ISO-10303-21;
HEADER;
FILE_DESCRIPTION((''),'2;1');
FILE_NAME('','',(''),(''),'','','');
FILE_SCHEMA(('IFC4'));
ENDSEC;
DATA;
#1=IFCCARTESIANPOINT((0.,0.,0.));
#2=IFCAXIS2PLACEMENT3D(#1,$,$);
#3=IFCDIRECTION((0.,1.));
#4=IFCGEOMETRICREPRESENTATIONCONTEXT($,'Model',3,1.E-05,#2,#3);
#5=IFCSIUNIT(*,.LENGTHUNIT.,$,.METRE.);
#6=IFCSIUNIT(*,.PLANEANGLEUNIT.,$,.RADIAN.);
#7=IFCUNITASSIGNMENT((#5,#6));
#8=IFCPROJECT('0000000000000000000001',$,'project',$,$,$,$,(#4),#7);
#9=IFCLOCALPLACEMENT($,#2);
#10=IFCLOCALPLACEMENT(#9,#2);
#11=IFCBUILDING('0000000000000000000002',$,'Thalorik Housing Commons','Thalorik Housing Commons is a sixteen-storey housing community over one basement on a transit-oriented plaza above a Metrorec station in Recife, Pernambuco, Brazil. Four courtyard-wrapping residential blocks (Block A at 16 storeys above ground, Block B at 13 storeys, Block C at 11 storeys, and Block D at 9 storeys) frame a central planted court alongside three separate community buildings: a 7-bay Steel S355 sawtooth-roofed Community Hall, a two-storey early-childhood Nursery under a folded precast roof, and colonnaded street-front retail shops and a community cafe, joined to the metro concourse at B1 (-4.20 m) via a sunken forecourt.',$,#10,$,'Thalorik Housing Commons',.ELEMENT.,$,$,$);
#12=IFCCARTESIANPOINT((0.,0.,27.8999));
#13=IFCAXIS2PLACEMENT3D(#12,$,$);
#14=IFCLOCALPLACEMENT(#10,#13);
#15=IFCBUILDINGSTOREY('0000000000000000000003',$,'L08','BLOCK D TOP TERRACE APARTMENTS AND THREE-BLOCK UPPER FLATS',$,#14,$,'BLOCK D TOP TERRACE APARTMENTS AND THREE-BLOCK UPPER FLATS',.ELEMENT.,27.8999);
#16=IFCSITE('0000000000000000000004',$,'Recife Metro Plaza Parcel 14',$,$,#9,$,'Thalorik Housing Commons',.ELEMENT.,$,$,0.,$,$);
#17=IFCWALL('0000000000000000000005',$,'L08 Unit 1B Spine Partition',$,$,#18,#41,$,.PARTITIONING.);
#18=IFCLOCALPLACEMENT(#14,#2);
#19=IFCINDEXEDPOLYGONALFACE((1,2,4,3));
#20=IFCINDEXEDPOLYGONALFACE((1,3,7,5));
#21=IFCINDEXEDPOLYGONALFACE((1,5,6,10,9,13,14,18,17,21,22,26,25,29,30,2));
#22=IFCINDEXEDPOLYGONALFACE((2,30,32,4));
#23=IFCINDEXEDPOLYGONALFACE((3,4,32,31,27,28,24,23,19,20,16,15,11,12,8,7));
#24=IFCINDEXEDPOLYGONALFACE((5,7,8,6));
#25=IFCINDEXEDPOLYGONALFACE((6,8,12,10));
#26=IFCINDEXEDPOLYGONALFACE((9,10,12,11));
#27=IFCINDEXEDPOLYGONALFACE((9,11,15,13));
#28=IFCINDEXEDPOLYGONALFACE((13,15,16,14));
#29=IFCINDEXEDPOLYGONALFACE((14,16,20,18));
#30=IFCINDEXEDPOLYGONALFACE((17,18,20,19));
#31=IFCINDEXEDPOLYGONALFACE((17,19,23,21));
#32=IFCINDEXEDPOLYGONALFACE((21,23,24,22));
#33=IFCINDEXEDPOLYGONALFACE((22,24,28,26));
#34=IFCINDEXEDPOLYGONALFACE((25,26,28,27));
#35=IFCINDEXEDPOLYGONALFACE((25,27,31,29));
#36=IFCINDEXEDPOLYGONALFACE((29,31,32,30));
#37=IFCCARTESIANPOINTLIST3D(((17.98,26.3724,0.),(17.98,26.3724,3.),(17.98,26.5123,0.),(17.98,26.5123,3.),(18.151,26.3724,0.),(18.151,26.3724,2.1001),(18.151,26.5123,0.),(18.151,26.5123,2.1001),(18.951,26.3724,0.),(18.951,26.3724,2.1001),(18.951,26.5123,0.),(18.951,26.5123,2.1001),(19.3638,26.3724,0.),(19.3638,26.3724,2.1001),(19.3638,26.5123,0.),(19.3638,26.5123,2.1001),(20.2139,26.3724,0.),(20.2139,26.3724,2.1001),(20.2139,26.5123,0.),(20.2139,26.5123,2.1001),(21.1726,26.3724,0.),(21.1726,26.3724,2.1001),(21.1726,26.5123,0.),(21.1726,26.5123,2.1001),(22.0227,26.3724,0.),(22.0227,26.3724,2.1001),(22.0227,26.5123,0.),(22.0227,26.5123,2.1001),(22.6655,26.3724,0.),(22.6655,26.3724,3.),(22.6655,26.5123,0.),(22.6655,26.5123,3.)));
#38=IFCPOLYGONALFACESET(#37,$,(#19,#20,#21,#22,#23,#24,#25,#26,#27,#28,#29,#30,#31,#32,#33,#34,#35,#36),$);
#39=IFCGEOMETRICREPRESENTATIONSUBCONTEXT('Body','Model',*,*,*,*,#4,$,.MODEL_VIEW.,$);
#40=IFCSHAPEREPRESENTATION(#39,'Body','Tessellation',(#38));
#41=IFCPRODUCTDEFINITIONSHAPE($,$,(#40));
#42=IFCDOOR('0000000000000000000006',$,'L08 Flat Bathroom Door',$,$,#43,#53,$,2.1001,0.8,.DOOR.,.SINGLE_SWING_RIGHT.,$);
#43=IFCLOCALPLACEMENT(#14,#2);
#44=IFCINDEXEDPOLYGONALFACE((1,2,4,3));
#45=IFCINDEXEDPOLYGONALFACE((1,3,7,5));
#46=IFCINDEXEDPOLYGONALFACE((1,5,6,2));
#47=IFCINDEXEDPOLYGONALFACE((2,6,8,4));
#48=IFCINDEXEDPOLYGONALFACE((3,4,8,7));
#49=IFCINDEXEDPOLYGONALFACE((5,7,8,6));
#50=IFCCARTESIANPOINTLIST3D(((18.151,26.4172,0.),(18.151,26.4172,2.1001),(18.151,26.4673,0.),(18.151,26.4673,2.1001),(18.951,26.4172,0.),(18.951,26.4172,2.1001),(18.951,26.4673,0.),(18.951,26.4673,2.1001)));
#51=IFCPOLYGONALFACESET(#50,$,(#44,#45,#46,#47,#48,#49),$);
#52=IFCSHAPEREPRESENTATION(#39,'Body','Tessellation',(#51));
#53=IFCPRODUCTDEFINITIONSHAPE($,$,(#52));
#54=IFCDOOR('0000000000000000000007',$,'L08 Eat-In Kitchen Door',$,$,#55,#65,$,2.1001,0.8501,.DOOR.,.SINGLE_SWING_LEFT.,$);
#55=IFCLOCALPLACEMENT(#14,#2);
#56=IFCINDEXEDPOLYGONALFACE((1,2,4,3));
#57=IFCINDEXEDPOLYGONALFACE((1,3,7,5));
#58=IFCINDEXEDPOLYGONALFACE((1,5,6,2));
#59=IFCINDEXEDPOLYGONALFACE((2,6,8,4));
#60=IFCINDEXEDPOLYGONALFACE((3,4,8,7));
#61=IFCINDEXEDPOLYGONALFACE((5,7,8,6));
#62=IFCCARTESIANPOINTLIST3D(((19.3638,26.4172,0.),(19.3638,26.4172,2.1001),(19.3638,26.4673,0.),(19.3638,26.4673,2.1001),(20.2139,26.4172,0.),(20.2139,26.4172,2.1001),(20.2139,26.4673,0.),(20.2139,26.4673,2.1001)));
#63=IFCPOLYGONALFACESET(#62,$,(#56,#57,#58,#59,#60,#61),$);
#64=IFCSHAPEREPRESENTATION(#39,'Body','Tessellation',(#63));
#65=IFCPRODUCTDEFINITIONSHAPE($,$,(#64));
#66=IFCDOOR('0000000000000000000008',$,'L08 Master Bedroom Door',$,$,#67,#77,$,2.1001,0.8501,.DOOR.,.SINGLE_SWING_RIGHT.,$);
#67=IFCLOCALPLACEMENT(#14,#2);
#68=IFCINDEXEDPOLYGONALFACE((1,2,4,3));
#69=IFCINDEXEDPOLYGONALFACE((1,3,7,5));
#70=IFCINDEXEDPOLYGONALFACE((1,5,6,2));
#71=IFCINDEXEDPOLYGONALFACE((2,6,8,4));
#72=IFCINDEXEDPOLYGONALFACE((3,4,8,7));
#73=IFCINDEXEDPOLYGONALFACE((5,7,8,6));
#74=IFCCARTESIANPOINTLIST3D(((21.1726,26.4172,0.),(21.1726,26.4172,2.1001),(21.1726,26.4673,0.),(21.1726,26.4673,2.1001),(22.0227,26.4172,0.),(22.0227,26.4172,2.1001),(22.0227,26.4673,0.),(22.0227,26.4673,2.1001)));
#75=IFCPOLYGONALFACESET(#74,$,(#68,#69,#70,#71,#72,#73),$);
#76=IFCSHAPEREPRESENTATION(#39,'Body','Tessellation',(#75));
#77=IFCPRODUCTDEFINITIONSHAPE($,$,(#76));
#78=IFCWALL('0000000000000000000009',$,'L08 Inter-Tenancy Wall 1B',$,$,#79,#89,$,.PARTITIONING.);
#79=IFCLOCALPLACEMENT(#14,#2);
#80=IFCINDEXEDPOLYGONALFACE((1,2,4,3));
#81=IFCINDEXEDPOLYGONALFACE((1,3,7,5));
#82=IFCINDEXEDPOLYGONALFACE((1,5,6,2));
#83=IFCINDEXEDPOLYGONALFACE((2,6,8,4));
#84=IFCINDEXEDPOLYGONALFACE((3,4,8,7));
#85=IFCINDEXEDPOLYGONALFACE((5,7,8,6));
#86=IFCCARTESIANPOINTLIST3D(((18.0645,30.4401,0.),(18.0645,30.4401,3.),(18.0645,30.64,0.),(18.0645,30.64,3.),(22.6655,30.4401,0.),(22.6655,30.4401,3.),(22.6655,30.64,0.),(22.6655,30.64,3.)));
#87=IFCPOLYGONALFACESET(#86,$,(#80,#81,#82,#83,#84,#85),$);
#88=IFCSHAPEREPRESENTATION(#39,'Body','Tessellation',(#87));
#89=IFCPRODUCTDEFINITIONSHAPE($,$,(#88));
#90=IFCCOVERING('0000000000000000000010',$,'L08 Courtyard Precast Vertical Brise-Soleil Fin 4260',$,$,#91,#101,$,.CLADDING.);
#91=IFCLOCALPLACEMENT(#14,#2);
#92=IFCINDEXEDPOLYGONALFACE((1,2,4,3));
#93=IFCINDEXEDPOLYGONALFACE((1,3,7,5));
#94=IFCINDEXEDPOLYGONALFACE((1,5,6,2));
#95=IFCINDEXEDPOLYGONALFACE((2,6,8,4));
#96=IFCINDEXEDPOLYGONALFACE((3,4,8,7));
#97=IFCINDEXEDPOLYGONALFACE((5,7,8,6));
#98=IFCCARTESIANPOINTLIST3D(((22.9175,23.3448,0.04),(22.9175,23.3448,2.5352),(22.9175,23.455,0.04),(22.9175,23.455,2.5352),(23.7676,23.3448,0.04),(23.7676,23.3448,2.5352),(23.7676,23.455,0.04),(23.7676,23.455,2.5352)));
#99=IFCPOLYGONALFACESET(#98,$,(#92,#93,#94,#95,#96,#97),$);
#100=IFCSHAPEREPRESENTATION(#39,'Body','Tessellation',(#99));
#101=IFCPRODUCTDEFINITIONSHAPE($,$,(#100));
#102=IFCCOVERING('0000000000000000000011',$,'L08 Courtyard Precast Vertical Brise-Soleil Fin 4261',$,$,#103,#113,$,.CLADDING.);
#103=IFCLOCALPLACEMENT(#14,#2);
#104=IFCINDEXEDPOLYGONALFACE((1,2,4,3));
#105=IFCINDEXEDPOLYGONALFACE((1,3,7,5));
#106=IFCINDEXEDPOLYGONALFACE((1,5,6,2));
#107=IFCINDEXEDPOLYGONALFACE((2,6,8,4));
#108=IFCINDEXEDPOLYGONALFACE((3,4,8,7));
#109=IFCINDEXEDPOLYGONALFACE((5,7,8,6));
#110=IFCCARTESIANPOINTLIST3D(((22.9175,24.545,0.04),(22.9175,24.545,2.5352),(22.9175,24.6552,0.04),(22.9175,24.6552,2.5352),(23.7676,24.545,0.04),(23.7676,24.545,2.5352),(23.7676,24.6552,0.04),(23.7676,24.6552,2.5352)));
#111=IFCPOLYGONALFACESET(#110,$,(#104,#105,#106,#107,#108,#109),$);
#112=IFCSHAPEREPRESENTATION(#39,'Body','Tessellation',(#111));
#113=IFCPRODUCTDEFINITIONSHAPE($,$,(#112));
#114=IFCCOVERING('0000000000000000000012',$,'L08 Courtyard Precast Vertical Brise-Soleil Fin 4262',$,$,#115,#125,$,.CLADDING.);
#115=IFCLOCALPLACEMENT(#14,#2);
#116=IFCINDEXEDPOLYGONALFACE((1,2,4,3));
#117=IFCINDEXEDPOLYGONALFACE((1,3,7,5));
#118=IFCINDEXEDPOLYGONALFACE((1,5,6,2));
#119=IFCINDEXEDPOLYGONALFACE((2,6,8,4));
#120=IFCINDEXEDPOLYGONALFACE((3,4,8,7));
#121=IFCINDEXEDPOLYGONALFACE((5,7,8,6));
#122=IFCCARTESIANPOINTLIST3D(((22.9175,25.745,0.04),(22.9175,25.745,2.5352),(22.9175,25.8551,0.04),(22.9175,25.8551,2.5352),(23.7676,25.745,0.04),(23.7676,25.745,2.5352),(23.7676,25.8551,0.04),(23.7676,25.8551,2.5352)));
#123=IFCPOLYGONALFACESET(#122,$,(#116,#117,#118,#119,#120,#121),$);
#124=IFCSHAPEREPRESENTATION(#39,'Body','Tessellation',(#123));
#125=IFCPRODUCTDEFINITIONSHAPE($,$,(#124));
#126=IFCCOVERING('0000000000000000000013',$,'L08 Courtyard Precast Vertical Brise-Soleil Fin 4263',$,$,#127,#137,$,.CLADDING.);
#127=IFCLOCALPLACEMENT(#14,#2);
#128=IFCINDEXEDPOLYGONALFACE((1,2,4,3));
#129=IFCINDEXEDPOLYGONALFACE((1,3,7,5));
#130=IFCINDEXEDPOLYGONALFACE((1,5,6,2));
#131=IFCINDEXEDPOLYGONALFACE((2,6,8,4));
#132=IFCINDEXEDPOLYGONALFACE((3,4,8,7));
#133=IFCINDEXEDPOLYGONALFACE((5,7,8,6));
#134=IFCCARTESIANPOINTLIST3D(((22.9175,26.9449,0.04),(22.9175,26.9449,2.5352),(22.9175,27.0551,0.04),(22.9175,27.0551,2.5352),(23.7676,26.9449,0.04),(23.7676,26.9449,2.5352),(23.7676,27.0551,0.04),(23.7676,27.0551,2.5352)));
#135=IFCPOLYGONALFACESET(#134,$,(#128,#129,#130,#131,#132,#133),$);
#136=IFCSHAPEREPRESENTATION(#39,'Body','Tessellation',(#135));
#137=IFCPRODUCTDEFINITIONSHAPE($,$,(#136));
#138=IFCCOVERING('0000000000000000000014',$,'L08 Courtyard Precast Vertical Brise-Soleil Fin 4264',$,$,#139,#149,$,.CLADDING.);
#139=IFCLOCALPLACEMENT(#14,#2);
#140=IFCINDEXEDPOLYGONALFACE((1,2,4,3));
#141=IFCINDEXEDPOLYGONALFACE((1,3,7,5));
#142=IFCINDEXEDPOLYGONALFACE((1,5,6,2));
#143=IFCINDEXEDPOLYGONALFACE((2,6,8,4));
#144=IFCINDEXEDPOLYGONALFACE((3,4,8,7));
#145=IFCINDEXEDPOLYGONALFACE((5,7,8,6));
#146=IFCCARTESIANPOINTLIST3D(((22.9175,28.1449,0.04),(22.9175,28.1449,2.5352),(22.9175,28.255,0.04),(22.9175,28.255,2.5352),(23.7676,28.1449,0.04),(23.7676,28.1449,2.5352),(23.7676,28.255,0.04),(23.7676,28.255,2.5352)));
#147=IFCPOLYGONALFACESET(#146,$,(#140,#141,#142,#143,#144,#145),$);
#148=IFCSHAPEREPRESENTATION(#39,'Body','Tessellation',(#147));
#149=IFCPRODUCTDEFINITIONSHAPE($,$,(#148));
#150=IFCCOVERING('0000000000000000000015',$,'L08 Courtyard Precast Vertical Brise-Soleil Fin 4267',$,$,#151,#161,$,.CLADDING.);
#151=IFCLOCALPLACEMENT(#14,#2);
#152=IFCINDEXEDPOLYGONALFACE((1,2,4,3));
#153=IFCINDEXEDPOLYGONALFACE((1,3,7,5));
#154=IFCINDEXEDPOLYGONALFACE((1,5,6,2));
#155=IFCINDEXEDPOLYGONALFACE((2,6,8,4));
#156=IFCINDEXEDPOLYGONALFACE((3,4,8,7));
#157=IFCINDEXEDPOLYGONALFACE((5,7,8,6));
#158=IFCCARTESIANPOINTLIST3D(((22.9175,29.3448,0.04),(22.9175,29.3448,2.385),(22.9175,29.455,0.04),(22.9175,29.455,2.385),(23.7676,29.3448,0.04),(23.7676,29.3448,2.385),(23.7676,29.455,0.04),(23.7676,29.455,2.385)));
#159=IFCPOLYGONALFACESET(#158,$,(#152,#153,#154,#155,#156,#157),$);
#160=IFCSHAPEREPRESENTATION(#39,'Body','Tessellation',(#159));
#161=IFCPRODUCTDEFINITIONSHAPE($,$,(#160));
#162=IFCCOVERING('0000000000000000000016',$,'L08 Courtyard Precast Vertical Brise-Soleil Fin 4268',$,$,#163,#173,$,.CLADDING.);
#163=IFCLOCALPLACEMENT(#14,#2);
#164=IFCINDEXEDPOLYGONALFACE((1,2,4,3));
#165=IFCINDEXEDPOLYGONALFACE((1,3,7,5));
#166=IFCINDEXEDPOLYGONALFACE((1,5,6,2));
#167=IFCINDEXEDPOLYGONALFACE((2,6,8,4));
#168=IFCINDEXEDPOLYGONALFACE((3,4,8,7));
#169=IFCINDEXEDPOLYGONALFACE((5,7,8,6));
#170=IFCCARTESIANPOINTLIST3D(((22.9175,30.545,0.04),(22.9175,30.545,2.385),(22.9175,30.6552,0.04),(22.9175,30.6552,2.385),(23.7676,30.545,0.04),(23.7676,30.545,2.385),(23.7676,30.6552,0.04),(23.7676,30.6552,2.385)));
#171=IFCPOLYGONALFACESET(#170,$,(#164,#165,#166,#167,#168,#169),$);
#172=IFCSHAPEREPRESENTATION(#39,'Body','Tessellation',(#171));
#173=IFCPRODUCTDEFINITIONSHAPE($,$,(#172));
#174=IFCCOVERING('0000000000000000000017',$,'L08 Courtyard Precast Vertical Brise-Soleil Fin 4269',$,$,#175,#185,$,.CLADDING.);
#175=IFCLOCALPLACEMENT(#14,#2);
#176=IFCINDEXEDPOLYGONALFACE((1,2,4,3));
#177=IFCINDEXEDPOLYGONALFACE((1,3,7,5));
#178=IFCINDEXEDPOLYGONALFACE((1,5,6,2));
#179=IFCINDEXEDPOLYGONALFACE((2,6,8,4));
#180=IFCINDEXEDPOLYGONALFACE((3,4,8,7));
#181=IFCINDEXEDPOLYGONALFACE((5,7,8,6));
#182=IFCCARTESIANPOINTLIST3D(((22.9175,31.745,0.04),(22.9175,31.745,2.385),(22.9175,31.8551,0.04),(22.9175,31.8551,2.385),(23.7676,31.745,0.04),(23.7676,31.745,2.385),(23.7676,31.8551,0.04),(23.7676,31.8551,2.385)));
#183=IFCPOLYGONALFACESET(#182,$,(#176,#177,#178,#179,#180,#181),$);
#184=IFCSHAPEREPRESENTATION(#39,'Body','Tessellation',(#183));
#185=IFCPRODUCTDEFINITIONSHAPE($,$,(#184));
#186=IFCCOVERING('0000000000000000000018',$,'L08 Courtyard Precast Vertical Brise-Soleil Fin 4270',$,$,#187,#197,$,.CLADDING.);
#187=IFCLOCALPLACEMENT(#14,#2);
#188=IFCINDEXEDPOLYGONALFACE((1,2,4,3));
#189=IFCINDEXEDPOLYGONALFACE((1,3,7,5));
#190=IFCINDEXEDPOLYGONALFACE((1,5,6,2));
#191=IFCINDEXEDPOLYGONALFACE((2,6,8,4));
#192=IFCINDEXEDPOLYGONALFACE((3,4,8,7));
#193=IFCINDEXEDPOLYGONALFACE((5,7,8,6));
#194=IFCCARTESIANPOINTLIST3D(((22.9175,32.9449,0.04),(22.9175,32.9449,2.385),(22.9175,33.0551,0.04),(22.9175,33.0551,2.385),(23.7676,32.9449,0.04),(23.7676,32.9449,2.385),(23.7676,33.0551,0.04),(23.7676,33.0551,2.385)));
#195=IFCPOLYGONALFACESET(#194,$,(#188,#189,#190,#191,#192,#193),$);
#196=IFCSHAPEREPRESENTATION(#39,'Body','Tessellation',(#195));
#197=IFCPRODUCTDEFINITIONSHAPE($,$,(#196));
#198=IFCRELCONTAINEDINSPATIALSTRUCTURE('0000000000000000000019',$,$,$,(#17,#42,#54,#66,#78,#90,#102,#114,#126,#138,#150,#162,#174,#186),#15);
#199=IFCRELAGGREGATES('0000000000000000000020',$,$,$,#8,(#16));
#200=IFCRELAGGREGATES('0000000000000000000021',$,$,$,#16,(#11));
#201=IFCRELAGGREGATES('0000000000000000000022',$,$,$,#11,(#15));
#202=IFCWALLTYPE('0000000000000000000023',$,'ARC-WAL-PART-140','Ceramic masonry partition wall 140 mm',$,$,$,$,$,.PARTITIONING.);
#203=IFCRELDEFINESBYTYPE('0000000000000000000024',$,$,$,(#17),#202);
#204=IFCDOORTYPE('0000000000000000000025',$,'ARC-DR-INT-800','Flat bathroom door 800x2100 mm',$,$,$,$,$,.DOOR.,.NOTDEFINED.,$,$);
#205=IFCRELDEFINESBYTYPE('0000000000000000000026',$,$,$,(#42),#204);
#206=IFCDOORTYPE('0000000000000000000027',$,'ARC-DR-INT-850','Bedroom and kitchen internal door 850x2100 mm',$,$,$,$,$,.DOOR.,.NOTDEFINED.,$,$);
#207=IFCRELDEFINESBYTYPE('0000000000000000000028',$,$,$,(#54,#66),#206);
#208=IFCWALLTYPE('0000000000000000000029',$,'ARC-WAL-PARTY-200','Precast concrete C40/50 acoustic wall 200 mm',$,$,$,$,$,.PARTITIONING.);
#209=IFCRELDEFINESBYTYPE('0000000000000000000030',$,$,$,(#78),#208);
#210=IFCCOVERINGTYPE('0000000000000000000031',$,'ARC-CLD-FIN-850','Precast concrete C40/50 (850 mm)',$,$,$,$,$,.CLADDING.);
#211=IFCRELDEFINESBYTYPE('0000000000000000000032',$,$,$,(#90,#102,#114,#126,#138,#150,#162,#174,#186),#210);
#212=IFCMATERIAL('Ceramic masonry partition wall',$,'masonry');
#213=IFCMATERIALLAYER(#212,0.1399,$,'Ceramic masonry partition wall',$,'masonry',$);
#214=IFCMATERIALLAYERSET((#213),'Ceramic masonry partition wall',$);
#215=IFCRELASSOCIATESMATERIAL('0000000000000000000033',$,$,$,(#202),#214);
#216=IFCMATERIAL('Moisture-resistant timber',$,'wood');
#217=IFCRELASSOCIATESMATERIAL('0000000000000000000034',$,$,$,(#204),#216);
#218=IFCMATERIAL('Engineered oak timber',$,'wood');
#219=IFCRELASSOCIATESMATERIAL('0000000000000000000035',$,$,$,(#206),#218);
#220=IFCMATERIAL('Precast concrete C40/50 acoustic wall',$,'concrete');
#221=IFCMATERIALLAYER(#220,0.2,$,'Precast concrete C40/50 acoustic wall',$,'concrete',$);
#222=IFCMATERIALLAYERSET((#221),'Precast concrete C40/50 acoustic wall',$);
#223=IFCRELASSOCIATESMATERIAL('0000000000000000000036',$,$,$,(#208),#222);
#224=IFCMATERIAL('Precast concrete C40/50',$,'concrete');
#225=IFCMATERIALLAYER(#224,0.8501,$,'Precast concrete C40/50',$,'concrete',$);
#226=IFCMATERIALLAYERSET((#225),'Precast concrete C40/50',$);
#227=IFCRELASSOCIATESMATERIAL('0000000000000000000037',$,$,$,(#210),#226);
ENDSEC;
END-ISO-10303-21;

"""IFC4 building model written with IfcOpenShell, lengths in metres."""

from ifc_helpers import new_model, si_unit, direction, frame, frame_2d, origin, origin_2d, place, context, subcontext, project, spatial, rectangle, extrude, material, layer, layer_set, type_object, element, fill, save


model = new_model("IFC4")

# Units and contexts
model_context = context("Model", 3, precision=1e-05, world=origin(), true_north=direction((0.0, 1.0)))
body_context = subcontext(model_context, "Body", "Model", "MODEL_VIEW")
ifc_project = project(units=[si_unit("LENGTHUNIT", "METRE"), si_unit("PLANEANGLEUNIT", "RADIAN")], contexts=[model_context])

# Site, building, storey
site_placement = place(None, origin())
site = spatial("IfcSite", under=ifc_project, at=site_placement, Name="Recife Metro Plaza Parcel 14", LongName="Thalorik Housing Commons", CompositionType="ELEMENT", RefElevation=0.0)
building_placement = place(site_placement, origin())
building = spatial("IfcBuilding", under=site, at=building_placement, Name="Thalorik Housing Commons", Description="Thalorik Housing Commons is a sixteen-storey housing community over one basement on a transit-oriented plaza above a Metrorec station in Recife, Pernambuco, Brazil. Four courtyard-wrapping residential blocks (Block A at 16 storeys above ground, Block B at 13 storeys, Block C at 11 storeys, and Block D at 9 storeys) frame a central planted court alongside three separate community buildings: a 7-bay Steel S355 sawtooth-roofed Community Hall, a two-storey early-childhood Nursery under a folded precast roof, and colonnaded street-front retail shops and a community cafe, joined to the metro concourse at B1 (-4.20 m) via a sunken forecourt.", LongName="Thalorik Housing Commons", CompositionType="ELEMENT")
storey_placement = place(building_placement, frame((0.0, 0.0, 27.8999)))
storey = spatial("IfcBuildingStorey", under=building, at=storey_placement, Name="L08", Description="BLOCK D TOP TERRACE APARTMENTS AND THREE-BLOCK UPPER FLATS", LongName="BLOCK D TOP TERRACE APARTMENTS AND THREE-BLOCK UPPER FLATS", CompositionType="ELEMENT", Elevation=27.8999)

# Shared definitions
ifc_material_1 = material(Name="Precast concrete C40/50", Category="concrete")

# Wall, openings, doors
ifc_material_2 = material(Name="Ceramic masonry partition wall", Category="masonry")
ifc_layer_1 = layer(ifc_material_2, 0.1399, Name="Ceramic masonry partition wall", Category="masonry")
ifc_layer_set_1 = layer_set([ifc_layer_1], Name="Ceramic masonry partition wall")
wall_type_1 = type_object("IfcWallType", Name="ARC-WAL-PART-140", Description="Ceramic masonry partition wall 140 mm", PredefinedType="PARTITIONING", material=ifc_layer_set_1)
wall_1_placement = place(storey_placement, frame((17.98, 26.4424, 0.0), z_axis=(0.0, 0.0, 1.0), x_axis=(1.0, 0.0, 0.0)))
wall_1 = element("IfcWall", 1, at=wall_1_placement, inside=storey, type_object=wall_type_1, Name="L08 Unit 1B Spine Partition", PredefinedType="PARTITIONING", context=body_context, shape_type="SweptSolid", body=[
    extrude(rectangle(XDim=4.6855, YDim=0.1399, at=frame_2d((2.3428, 0.0))), origin(), (0.0, 0.0, 1.0), 3.0),
])
opening_1_placement = place(wall_1_placement, frame((0.1711, 0.0, 0.0)))
opening_1 = element("IfcOpeningElement", 2, at=opening_1_placement, cuts=wall_1, PredefinedType="OPENING", context=body_context, shape_type="SweptSolid", body=[
    extrude(rectangle(XDim=0.8, YDim=2.1001, at=frame_2d((0.3999, 1.05))), frame((0.0, 0.0801, 0.0), z_axis=(0.0, -1.0, 0.0), x_axis=(1.0, 0.0, 0.0)), (0.0, 0.0, 1.0), 0.1599),
])
opening_2_placement = place(wall_1_placement, frame((1.3838, 0.0, 0.0)))
opening_2 = element("IfcOpeningElement", 3, at=opening_2_placement, cuts=wall_1, PredefinedType="OPENING", context=body_context, shape_type="SweptSolid", body=[
    extrude(rectangle(XDim=0.8501, YDim=2.1001, at=frame_2d((0.425, 1.05))), frame((0.0, 0.0801, 0.0), z_axis=(0.0, -1.0, 0.0), x_axis=(1.0, 0.0, 0.0)), (0.0, 0.0, 1.0), 0.1599),
])
opening_3_placement = place(wall_1_placement, frame((3.1926, 0.0, 0.0)))
opening_3 = element("IfcOpeningElement", 4, at=opening_3_placement, cuts=wall_1, PredefinedType="OPENING", context=body_context, shape_type="SweptSolid", body=[
    extrude(rectangle(XDim=0.8501, YDim=2.1001, at=frame_2d((0.425, 1.05))), frame((0.0, 0.0801, 0.0), z_axis=(0.0, -1.0, 0.0), x_axis=(1.0, 0.0, 0.0)), (0.0, 0.0, 1.0), 0.1599),
])
ifc_material_3 = material(Name="Moisture-resistant timber", Category="wood")
door_type_1 = type_object("IfcDoorType", Name="ARC-DR-INT-800", Description="Flat bathroom door 800x2100 mm", OperationType="NOTDEFINED", PredefinedType="DOOR", material=ifc_material_3)
door_1_placement = place(opening_1_placement, origin())
door_1 = element("IfcDoor", 5, at=door_1_placement, inside=storey, type_object=door_type_1, Name="L08 Flat Bathroom Door", OperationType="SINGLE_SWING_RIGHT", OverallHeight=2.1001, OverallWidth=0.8, PredefinedType="DOOR", context=body_context, shape_type="SweptSolid", body=[
    extrude(rectangle(XDim=0.8, YDim=2.1001, at=frame_2d((0.3999, 1.05))), frame((0.0, 0.0249, 0.0), z_axis=(0.0, -1.0, 0.0), x_axis=(1.0, 0.0, 0.0)), (0.0, 0.0, 1.0), 0.05),
])
fill(opening_1, door_1)
ifc_material_4 = material(Name="Engineered oak timber", Category="wood")
door_type_2 = type_object("IfcDoorType", Name="ARC-DR-INT-850", Description="Bedroom and kitchen internal door 850x2100 mm", OperationType="NOTDEFINED", PredefinedType="DOOR", material=ifc_material_4)
door_2_placement = place(opening_2_placement, origin())
door_2 = element("IfcDoor", 6, at=door_2_placement, inside=storey, type_object=door_type_2, Name="L08 Eat-In Kitchen Door", OperationType="SINGLE_SWING_LEFT", OverallHeight=2.1001, OverallWidth=0.8501, PredefinedType="DOOR", context=body_context, shape_type="SweptSolid", body=[
    extrude(rectangle(XDim=0.8501, YDim=2.1001, at=frame_2d((0.425, 1.05))), frame((0.0, 0.0249, 0.0), z_axis=(0.0, -1.0, 0.0), x_axis=(1.0, 0.0, 0.0)), (0.0, 0.0, 1.0), 0.05),
])
fill(opening_2, door_2)
door_3_placement = place(opening_3_placement, origin())
door_3 = element("IfcDoor", 7, at=door_3_placement, inside=storey, type_object=door_type_2, Name="L08 Master Bedroom Door", OperationType="SINGLE_SWING_RIGHT", OverallHeight=2.1001, OverallWidth=0.8501, PredefinedType="DOOR", context=body_context, shape_type="SweptSolid", body=[
    extrude(rectangle(XDim=0.8501, YDim=2.1001, at=frame_2d((0.425, 1.05))), frame((0.0, 0.0249, 0.0), z_axis=(0.0, -1.0, 0.0), x_axis=(1.0, 0.0, 0.0)), (0.0, 0.0, 1.0), 0.05),
])
fill(opening_3, door_3)

# Wall
ifc_material_5 = material(Name="Precast concrete C40/50 acoustic wall", Category="concrete")
ifc_layer_2 = layer(ifc_material_5, 0.2, Name="Precast concrete C40/50 acoustic wall", Category="concrete")
ifc_layer_set_2 = layer_set([ifc_layer_2], Name="Precast concrete C40/50 acoustic wall")
wall_type_2 = type_object("IfcWallType", Name="ARC-WAL-PARTY-200", Description="Precast concrete C40/50 acoustic wall 200 mm", PredefinedType="PARTITIONING", material=ifc_layer_set_2)
wall_2_placement = place(storey_placement, frame((18.0645, 30.54, 0.0), z_axis=(0.0, 0.0, 1.0), x_axis=(1.0, 0.0, 0.0)))
element("IfcWall", 8, at=wall_2_placement, inside=storey, type_object=wall_type_2, Name="L08 Inter-Tenancy Wall 1B", PredefinedType="PARTITIONING", context=body_context, shape_type="SweptSolid", body=[
    extrude(rectangle(XDim=4.6011, YDim=0.2, at=frame_2d((2.3005, 0.0))), origin(), (0.0, 0.0, 1.0), 3.0),
])

# Coverings
ifc_layer_3 = layer(ifc_material_1, 0.8501, Name="Precast concrete C40/50", Category="concrete")
ifc_layer_set_3 = layer_set([ifc_layer_3], Name="Precast concrete C40/50")
covering_type_1 = type_object("IfcCoveringType", Name="ARC-CLD-FIN-850", Description="Precast concrete C40/50 (850 mm)", PredefinedType="CLADDING", material=ifc_layer_set_3)
for number, where, z_axis, x_axis, name in (
    (9, (23.3425, 23.3999, 0.04), (0.0, 0.0, 1.0), (0.0, 1.0, 0.0), "L08 Courtyard Precast Vertical Brise-Soleil Fin 4260"),
    (10, (23.3425, 24.6001, 0.04), (0.0, 0.0, 1.0), (0.0, 1.0, 0.0), "L08 Courtyard Precast Vertical Brise-Soleil Fin 4261"),
    (11, (23.3425, 25.8, 0.04), (0.0, 0.0, 1.0), (0.0, 1.0, 0.0), "L08 Courtyard Precast Vertical Brise-Soleil Fin 4262"),
    (12, (23.3425, 27.0, 0.04), (0.0, 0.0, 1.0), (0.0, 1.0, 0.0), "L08 Courtyard Precast Vertical Brise-Soleil Fin 4263"),
    (13, (23.3425, 28.2, 0.04), (0.0, 0.0, 1.0), (0.0, 1.0, 0.0), "L08 Courtyard Precast Vertical Brise-Soleil Fin 4264"),
):
    element("IfcCovering", number, at=place(storey_placement, frame(where, z_axis=z_axis, x_axis=x_axis)), inside=storey, type_object=covering_type_1, Name=name, PredefinedType="CLADDING", context=body_context, shape_type="SweptSolid", body=[
        extrude(rectangle(XDim=0.1101, YDim=0.8501, at=origin_2d()), origin(), (0.0, 0.0, 1.0), 2.4951),
    ])
for number, where, z_axis, x_axis, name in (
    (14, (23.3425, 29.3999, 0.04), (0.0, 0.0, 1.0), (0.0, 1.0, 0.0), "L08 Courtyard Precast Vertical Brise-Soleil Fin 4267"),
    (15, (23.3425, 30.6001, 0.04), (0.0, 0.0, 1.0), (0.0, 1.0, 0.0), "L08 Courtyard Precast Vertical Brise-Soleil Fin 4268"),
    (16, (23.3425, 31.8, 0.04), (0.0, 0.0, 1.0), (0.0, 1.0, 0.0), "L08 Courtyard Precast Vertical Brise-Soleil Fin 4269"),
    (17, (23.3425, 33.0, 0.04), (0.0, 0.0, 1.0), (0.0, 1.0, 0.0), "L08 Courtyard Precast Vertical Brise-Soleil Fin 4270"),
):
    element("IfcCovering", number, at=place(storey_placement, frame(where, z_axis=z_axis, x_axis=x_axis)), inside=storey, type_object=covering_type_1, Name=name, PredefinedType="CLADDING", context=body_context, shape_type="SweptSolid", body=[
        extrude(rectangle(XDim=0.1101, YDim=0.8501, at=origin_2d()), origin(), (0.0, 0.0, 1.0), 2.345),
    ])

save(model, "model.ifc")
